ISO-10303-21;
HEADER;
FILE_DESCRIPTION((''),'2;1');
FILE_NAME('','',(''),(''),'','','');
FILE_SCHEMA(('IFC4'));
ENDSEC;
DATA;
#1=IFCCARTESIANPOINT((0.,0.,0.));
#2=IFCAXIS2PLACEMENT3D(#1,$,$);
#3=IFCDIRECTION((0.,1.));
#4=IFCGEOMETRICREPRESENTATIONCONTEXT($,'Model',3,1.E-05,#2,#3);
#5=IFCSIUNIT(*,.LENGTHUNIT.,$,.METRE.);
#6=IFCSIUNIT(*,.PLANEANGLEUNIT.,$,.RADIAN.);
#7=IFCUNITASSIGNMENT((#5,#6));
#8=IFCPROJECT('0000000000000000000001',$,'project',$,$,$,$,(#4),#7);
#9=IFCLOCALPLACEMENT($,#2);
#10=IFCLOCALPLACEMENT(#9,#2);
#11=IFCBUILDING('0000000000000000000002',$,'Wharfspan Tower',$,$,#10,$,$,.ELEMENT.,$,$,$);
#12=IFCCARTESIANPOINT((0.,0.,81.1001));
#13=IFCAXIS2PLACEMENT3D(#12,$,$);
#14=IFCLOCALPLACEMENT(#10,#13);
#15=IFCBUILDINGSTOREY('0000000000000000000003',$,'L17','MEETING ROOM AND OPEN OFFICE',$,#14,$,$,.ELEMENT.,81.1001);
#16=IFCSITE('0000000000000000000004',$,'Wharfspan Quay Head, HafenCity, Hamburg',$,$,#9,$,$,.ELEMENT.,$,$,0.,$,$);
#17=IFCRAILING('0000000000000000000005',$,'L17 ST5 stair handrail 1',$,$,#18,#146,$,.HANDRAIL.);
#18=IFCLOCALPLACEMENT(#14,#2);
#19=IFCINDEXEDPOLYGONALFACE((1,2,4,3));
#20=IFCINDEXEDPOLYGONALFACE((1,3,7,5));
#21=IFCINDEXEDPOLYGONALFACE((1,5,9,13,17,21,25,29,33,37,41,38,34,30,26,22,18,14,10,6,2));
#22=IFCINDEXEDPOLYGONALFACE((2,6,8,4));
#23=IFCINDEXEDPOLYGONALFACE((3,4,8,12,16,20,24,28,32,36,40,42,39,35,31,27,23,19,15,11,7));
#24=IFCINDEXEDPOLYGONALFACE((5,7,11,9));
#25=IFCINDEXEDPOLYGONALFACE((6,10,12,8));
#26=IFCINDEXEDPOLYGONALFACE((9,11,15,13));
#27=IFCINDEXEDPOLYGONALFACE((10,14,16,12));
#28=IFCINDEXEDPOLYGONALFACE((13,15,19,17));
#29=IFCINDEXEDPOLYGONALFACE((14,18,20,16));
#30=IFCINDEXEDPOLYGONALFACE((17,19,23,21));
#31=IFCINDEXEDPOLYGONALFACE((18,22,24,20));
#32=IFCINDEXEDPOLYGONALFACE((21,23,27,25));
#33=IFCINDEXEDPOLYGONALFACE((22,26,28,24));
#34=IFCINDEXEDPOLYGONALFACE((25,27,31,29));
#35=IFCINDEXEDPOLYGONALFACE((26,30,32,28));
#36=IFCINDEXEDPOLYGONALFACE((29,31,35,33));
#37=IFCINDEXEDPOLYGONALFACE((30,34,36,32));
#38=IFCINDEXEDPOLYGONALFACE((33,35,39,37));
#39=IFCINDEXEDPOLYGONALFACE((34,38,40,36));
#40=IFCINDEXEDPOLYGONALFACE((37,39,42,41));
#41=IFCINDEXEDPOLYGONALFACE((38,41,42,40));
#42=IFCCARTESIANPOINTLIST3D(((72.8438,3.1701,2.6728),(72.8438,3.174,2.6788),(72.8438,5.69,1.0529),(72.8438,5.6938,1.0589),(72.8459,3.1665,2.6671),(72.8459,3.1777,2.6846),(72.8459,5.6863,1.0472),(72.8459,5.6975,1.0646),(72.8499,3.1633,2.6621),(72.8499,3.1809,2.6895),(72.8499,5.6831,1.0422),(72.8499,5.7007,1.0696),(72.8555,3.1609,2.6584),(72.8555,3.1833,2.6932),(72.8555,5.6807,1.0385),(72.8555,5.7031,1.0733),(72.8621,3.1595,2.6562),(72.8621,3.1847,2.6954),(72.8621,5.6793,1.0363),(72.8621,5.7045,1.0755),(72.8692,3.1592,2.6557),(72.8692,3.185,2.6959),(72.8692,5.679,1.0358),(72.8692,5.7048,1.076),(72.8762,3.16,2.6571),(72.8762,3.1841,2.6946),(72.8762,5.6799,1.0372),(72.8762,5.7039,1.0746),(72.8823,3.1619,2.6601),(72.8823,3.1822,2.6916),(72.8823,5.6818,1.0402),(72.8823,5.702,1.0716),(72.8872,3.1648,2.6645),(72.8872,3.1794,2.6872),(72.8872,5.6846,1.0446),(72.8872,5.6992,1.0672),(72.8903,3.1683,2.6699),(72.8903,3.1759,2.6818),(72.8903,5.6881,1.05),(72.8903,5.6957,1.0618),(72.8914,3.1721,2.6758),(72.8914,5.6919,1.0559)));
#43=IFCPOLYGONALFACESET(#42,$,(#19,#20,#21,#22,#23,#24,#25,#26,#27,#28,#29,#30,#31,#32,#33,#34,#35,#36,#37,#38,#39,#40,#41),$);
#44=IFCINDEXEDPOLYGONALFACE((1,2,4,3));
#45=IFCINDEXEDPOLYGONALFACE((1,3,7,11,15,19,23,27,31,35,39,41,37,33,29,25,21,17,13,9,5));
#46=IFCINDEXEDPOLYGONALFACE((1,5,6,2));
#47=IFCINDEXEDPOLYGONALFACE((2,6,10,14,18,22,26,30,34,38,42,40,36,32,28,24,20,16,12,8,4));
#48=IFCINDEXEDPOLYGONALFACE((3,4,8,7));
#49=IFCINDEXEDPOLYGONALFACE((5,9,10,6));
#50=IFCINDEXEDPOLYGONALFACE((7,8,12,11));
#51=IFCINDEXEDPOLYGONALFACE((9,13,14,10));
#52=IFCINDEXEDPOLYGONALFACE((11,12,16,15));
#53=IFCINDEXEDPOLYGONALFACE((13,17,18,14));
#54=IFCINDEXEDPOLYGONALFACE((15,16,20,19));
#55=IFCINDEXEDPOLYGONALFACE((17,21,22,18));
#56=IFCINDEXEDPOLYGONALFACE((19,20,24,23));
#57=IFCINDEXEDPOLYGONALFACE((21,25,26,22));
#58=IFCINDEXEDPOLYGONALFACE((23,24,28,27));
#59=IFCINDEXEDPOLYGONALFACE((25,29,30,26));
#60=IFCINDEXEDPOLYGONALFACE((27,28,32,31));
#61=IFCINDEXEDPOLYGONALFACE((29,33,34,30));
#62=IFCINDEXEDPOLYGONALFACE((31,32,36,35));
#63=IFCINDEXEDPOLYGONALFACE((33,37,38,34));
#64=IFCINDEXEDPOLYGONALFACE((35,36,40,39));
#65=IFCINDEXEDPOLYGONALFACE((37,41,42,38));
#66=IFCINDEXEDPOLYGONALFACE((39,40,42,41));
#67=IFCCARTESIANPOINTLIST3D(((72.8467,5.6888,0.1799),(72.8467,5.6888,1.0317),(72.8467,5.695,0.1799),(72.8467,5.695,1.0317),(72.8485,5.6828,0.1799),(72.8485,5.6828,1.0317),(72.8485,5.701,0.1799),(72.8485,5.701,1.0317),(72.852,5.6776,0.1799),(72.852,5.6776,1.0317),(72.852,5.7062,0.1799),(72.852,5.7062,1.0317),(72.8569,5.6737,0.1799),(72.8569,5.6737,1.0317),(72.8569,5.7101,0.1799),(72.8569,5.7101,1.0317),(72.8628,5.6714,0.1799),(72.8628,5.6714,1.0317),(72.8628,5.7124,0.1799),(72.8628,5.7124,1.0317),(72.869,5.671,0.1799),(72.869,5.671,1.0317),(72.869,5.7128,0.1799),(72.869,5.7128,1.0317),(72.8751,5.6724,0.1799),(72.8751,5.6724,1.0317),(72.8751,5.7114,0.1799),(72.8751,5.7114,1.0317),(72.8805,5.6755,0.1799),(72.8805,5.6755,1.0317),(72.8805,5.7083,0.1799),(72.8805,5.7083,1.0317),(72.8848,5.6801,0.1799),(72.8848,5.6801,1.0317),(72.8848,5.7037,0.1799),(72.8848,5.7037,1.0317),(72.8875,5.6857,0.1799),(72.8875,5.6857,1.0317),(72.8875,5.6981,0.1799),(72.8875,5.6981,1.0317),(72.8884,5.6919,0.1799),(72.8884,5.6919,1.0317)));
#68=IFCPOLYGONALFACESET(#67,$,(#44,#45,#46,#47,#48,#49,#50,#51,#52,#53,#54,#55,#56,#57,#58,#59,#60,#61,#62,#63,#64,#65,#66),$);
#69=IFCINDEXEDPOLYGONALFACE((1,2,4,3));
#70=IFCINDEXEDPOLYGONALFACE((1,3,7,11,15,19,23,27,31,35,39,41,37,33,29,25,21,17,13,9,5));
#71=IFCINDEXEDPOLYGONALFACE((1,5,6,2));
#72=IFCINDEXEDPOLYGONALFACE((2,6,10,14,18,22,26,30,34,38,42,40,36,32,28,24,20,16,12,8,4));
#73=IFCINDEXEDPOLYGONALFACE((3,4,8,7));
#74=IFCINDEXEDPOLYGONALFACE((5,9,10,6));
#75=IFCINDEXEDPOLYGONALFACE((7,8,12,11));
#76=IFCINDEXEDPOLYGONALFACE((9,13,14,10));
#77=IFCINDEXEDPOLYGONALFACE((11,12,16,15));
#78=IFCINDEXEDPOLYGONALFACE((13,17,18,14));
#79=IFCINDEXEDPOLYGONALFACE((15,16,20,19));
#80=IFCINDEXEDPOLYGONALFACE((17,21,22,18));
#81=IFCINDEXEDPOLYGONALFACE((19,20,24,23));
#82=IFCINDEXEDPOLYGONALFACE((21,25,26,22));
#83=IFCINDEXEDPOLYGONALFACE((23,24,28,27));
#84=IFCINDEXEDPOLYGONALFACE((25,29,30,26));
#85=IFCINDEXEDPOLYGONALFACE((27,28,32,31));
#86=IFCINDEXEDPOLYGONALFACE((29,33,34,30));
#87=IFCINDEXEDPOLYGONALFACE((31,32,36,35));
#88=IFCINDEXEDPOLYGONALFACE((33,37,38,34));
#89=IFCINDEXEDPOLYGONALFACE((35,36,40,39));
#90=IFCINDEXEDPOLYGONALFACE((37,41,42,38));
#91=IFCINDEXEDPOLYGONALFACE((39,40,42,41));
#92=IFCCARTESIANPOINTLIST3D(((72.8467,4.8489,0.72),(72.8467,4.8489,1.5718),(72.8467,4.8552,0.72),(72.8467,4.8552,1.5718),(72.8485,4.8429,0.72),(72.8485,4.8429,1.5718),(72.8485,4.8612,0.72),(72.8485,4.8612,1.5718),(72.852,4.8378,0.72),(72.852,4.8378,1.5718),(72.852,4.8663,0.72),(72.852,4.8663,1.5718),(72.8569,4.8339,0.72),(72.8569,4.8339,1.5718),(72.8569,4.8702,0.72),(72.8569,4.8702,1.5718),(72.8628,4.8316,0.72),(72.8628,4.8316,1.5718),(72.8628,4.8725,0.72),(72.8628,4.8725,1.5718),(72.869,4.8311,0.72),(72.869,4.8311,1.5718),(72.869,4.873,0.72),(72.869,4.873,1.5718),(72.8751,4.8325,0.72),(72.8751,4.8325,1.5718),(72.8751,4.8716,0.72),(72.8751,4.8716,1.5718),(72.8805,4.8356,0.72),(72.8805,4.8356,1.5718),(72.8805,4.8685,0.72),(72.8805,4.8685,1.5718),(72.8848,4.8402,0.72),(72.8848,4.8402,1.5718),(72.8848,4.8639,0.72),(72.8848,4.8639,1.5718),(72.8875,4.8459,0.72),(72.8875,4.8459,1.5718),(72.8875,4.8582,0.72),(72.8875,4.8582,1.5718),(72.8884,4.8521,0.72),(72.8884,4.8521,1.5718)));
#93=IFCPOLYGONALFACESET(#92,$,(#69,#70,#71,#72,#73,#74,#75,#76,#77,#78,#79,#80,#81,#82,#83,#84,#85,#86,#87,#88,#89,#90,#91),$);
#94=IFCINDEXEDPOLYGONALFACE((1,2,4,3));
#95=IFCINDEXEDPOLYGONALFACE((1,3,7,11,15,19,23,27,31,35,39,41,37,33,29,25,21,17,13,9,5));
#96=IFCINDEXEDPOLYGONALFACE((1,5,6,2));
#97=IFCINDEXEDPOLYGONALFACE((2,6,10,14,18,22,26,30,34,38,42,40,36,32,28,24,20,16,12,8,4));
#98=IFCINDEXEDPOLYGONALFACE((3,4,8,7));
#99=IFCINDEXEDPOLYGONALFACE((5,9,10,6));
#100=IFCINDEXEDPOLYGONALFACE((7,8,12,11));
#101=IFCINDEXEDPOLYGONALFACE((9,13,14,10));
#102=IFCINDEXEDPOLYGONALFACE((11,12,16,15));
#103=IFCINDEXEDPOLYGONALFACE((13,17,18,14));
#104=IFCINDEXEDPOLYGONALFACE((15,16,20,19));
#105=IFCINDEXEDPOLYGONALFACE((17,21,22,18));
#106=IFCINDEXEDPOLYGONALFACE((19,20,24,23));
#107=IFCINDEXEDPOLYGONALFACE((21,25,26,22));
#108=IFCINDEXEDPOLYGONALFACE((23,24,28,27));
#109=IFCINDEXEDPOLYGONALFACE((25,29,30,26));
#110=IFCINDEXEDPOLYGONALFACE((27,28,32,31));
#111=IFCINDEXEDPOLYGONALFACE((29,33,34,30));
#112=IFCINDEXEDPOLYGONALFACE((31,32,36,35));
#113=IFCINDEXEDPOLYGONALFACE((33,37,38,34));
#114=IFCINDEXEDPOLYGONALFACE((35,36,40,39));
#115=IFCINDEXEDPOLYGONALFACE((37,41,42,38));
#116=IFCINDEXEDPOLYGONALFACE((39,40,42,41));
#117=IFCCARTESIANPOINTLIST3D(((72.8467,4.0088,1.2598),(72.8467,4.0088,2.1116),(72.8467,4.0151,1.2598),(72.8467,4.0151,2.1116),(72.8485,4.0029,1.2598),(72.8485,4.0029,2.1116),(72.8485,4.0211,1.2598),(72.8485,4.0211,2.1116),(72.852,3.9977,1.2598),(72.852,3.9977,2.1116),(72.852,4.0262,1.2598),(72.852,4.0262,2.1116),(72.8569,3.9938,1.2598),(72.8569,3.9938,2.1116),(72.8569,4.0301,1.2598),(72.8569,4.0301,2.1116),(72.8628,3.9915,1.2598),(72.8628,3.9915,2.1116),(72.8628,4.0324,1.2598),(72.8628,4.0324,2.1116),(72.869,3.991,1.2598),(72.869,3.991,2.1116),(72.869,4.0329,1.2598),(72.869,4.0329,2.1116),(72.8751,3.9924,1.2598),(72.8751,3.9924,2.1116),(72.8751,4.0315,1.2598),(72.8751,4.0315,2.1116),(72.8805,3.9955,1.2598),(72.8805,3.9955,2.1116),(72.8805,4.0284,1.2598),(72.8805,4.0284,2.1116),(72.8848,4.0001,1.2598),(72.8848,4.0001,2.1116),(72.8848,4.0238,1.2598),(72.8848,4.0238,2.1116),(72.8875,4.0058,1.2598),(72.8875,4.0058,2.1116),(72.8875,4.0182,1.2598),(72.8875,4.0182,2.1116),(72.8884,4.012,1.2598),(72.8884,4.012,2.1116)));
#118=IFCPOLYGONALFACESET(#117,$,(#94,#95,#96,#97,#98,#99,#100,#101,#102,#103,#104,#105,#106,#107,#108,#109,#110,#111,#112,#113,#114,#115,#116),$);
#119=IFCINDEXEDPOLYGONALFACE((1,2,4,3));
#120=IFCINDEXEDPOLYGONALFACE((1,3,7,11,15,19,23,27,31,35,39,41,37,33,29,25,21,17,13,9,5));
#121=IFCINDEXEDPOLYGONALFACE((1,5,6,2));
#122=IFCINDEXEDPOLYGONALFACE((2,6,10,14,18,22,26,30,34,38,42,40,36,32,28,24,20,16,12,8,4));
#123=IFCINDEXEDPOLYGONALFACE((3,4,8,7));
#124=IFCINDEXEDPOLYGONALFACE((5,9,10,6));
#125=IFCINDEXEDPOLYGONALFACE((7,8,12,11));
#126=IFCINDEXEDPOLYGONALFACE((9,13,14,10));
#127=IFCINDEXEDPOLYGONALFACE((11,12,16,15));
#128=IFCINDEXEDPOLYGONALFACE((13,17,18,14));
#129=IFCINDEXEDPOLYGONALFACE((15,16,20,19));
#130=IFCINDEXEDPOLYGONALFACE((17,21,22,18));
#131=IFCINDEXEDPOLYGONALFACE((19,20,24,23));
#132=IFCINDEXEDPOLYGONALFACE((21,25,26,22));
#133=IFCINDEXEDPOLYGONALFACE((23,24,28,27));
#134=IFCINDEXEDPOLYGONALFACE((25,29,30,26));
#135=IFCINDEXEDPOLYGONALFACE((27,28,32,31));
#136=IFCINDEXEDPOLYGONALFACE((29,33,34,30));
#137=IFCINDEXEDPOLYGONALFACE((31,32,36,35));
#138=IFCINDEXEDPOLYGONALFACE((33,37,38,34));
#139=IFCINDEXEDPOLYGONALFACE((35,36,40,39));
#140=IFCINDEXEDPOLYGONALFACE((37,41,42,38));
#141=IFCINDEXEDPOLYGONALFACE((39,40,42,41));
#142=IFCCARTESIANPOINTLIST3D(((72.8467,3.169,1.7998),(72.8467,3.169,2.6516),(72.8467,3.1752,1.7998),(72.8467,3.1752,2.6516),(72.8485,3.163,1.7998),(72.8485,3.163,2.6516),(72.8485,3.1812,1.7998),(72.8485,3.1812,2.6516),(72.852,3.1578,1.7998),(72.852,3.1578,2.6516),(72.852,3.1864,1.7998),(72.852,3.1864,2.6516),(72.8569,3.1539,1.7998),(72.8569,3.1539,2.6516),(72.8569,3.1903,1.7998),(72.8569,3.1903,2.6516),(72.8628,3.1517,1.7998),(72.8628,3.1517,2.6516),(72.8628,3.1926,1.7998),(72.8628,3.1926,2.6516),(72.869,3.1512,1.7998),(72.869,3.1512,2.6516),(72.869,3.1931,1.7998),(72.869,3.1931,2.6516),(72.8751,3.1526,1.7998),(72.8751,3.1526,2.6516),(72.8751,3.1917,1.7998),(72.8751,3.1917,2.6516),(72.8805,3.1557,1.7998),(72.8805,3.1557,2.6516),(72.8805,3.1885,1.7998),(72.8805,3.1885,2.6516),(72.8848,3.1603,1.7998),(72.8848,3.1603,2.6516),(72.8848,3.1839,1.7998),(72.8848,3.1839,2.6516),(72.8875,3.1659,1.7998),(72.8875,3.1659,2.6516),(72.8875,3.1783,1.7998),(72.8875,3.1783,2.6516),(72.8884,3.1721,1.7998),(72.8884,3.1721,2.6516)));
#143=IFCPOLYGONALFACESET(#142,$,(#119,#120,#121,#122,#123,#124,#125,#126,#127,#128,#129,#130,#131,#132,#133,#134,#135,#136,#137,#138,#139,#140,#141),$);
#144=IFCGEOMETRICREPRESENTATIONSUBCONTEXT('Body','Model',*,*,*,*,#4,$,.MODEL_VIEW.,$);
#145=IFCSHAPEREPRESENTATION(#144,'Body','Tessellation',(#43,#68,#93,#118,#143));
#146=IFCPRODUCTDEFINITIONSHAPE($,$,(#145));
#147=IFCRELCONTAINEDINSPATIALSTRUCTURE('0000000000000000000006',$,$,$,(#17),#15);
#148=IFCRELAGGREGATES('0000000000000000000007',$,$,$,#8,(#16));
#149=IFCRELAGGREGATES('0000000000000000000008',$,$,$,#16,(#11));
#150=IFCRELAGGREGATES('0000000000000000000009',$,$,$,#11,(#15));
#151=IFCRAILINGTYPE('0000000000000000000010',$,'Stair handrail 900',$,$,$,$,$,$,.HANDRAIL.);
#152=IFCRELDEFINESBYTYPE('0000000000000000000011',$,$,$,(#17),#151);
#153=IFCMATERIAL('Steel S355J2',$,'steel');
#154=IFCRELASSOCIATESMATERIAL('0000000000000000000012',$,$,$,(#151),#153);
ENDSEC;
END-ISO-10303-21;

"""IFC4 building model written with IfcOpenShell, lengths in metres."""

from ifc_helpers import new_model, si_unit, direction, frame, origin, origin_2d, place, context, subcontext, project, spatial, circle, extrude, material, type_object, element, save


model = new_model("IFC4")

# Units and contexts
model_context = context("Model", 3, precision=1e-05, world=origin(), true_north=direction((0.0, 1.0)))
body_context = subcontext(model_context, "Body", "Model", "MODEL_VIEW")
ifc_project = project(units=[si_unit("LENGTHUNIT", "METRE"), si_unit("PLANEANGLEUNIT", "RADIAN")], contexts=[model_context])

# Site, building, storey
site_placement = place(None, origin())
site = spatial("IfcSite", under=ifc_project, at=site_placement, Name="Wharfspan Quay Head, HafenCity, Hamburg", CompositionType="ELEMENT", RefElevation=0.0)
building_placement = place(site_placement, origin())
building = spatial("IfcBuilding", under=site, at=building_placement, Name="Wharfspan Tower", CompositionType="ELEMENT")
storey_placement = place(building_placement, frame((0.0, 0.0, 81.1001)))
storey = spatial("IfcBuildingStorey", under=building, at=storey_placement, Name="L17", Description="MEETING ROOM AND OPEN OFFICE", CompositionType="ELEMENT", Elevation=81.1001)

# Shared definitions
ifc_material_1 = material(Name="Steel S355J2", Category="steel")

# Railing
railing_type_1 = type_object("IfcRailingType", Name="Stair handrail 900", PredefinedType="HANDRAIL", material=ifc_material_1)
railing_1_placement = place(storey_placement, frame((72.8674, 5.6919, 0.1799)))
element("IfcRailing", 1, at=railing_1_placement, inside=storey, type_object=railing_type_1, Name="L17 ST5 stair handrail 1", PredefinedType="HANDRAIL", context=body_context, shape_type="SweptSolid", body=[
    extrude(circle(Radius=0.0239, at=origin_2d()), frame((0.0, 0.0, 0.876), z_axis=(0.0, -0.841176, 0.540762), x_axis=(1.0, 0.0, 0.0)), (0.0, 0.0, 1.0), 2.9956),
    extrude(circle(Radius=0.021, at=origin_2d()), origin(), (0.0, 0.0, 1.0), 0.8518),
    extrude(circle(Radius=0.021, at=origin_2d()), frame((0.0, -0.8398, 0.54)), (0.0, 0.0, 1.0), 0.8518),
    extrude(circle(Radius=0.021, at=origin_2d()), frame((0.0, -1.6799, 1.0798)), (0.0, 0.0, 1.0), 0.8518),
    extrude(circle(Radius=0.021, at=origin_2d()), frame((0.0, -2.5198, 1.6199)), (0.0, 0.0, 1.0), 0.8518),
])

save(model, "model.ifc")
